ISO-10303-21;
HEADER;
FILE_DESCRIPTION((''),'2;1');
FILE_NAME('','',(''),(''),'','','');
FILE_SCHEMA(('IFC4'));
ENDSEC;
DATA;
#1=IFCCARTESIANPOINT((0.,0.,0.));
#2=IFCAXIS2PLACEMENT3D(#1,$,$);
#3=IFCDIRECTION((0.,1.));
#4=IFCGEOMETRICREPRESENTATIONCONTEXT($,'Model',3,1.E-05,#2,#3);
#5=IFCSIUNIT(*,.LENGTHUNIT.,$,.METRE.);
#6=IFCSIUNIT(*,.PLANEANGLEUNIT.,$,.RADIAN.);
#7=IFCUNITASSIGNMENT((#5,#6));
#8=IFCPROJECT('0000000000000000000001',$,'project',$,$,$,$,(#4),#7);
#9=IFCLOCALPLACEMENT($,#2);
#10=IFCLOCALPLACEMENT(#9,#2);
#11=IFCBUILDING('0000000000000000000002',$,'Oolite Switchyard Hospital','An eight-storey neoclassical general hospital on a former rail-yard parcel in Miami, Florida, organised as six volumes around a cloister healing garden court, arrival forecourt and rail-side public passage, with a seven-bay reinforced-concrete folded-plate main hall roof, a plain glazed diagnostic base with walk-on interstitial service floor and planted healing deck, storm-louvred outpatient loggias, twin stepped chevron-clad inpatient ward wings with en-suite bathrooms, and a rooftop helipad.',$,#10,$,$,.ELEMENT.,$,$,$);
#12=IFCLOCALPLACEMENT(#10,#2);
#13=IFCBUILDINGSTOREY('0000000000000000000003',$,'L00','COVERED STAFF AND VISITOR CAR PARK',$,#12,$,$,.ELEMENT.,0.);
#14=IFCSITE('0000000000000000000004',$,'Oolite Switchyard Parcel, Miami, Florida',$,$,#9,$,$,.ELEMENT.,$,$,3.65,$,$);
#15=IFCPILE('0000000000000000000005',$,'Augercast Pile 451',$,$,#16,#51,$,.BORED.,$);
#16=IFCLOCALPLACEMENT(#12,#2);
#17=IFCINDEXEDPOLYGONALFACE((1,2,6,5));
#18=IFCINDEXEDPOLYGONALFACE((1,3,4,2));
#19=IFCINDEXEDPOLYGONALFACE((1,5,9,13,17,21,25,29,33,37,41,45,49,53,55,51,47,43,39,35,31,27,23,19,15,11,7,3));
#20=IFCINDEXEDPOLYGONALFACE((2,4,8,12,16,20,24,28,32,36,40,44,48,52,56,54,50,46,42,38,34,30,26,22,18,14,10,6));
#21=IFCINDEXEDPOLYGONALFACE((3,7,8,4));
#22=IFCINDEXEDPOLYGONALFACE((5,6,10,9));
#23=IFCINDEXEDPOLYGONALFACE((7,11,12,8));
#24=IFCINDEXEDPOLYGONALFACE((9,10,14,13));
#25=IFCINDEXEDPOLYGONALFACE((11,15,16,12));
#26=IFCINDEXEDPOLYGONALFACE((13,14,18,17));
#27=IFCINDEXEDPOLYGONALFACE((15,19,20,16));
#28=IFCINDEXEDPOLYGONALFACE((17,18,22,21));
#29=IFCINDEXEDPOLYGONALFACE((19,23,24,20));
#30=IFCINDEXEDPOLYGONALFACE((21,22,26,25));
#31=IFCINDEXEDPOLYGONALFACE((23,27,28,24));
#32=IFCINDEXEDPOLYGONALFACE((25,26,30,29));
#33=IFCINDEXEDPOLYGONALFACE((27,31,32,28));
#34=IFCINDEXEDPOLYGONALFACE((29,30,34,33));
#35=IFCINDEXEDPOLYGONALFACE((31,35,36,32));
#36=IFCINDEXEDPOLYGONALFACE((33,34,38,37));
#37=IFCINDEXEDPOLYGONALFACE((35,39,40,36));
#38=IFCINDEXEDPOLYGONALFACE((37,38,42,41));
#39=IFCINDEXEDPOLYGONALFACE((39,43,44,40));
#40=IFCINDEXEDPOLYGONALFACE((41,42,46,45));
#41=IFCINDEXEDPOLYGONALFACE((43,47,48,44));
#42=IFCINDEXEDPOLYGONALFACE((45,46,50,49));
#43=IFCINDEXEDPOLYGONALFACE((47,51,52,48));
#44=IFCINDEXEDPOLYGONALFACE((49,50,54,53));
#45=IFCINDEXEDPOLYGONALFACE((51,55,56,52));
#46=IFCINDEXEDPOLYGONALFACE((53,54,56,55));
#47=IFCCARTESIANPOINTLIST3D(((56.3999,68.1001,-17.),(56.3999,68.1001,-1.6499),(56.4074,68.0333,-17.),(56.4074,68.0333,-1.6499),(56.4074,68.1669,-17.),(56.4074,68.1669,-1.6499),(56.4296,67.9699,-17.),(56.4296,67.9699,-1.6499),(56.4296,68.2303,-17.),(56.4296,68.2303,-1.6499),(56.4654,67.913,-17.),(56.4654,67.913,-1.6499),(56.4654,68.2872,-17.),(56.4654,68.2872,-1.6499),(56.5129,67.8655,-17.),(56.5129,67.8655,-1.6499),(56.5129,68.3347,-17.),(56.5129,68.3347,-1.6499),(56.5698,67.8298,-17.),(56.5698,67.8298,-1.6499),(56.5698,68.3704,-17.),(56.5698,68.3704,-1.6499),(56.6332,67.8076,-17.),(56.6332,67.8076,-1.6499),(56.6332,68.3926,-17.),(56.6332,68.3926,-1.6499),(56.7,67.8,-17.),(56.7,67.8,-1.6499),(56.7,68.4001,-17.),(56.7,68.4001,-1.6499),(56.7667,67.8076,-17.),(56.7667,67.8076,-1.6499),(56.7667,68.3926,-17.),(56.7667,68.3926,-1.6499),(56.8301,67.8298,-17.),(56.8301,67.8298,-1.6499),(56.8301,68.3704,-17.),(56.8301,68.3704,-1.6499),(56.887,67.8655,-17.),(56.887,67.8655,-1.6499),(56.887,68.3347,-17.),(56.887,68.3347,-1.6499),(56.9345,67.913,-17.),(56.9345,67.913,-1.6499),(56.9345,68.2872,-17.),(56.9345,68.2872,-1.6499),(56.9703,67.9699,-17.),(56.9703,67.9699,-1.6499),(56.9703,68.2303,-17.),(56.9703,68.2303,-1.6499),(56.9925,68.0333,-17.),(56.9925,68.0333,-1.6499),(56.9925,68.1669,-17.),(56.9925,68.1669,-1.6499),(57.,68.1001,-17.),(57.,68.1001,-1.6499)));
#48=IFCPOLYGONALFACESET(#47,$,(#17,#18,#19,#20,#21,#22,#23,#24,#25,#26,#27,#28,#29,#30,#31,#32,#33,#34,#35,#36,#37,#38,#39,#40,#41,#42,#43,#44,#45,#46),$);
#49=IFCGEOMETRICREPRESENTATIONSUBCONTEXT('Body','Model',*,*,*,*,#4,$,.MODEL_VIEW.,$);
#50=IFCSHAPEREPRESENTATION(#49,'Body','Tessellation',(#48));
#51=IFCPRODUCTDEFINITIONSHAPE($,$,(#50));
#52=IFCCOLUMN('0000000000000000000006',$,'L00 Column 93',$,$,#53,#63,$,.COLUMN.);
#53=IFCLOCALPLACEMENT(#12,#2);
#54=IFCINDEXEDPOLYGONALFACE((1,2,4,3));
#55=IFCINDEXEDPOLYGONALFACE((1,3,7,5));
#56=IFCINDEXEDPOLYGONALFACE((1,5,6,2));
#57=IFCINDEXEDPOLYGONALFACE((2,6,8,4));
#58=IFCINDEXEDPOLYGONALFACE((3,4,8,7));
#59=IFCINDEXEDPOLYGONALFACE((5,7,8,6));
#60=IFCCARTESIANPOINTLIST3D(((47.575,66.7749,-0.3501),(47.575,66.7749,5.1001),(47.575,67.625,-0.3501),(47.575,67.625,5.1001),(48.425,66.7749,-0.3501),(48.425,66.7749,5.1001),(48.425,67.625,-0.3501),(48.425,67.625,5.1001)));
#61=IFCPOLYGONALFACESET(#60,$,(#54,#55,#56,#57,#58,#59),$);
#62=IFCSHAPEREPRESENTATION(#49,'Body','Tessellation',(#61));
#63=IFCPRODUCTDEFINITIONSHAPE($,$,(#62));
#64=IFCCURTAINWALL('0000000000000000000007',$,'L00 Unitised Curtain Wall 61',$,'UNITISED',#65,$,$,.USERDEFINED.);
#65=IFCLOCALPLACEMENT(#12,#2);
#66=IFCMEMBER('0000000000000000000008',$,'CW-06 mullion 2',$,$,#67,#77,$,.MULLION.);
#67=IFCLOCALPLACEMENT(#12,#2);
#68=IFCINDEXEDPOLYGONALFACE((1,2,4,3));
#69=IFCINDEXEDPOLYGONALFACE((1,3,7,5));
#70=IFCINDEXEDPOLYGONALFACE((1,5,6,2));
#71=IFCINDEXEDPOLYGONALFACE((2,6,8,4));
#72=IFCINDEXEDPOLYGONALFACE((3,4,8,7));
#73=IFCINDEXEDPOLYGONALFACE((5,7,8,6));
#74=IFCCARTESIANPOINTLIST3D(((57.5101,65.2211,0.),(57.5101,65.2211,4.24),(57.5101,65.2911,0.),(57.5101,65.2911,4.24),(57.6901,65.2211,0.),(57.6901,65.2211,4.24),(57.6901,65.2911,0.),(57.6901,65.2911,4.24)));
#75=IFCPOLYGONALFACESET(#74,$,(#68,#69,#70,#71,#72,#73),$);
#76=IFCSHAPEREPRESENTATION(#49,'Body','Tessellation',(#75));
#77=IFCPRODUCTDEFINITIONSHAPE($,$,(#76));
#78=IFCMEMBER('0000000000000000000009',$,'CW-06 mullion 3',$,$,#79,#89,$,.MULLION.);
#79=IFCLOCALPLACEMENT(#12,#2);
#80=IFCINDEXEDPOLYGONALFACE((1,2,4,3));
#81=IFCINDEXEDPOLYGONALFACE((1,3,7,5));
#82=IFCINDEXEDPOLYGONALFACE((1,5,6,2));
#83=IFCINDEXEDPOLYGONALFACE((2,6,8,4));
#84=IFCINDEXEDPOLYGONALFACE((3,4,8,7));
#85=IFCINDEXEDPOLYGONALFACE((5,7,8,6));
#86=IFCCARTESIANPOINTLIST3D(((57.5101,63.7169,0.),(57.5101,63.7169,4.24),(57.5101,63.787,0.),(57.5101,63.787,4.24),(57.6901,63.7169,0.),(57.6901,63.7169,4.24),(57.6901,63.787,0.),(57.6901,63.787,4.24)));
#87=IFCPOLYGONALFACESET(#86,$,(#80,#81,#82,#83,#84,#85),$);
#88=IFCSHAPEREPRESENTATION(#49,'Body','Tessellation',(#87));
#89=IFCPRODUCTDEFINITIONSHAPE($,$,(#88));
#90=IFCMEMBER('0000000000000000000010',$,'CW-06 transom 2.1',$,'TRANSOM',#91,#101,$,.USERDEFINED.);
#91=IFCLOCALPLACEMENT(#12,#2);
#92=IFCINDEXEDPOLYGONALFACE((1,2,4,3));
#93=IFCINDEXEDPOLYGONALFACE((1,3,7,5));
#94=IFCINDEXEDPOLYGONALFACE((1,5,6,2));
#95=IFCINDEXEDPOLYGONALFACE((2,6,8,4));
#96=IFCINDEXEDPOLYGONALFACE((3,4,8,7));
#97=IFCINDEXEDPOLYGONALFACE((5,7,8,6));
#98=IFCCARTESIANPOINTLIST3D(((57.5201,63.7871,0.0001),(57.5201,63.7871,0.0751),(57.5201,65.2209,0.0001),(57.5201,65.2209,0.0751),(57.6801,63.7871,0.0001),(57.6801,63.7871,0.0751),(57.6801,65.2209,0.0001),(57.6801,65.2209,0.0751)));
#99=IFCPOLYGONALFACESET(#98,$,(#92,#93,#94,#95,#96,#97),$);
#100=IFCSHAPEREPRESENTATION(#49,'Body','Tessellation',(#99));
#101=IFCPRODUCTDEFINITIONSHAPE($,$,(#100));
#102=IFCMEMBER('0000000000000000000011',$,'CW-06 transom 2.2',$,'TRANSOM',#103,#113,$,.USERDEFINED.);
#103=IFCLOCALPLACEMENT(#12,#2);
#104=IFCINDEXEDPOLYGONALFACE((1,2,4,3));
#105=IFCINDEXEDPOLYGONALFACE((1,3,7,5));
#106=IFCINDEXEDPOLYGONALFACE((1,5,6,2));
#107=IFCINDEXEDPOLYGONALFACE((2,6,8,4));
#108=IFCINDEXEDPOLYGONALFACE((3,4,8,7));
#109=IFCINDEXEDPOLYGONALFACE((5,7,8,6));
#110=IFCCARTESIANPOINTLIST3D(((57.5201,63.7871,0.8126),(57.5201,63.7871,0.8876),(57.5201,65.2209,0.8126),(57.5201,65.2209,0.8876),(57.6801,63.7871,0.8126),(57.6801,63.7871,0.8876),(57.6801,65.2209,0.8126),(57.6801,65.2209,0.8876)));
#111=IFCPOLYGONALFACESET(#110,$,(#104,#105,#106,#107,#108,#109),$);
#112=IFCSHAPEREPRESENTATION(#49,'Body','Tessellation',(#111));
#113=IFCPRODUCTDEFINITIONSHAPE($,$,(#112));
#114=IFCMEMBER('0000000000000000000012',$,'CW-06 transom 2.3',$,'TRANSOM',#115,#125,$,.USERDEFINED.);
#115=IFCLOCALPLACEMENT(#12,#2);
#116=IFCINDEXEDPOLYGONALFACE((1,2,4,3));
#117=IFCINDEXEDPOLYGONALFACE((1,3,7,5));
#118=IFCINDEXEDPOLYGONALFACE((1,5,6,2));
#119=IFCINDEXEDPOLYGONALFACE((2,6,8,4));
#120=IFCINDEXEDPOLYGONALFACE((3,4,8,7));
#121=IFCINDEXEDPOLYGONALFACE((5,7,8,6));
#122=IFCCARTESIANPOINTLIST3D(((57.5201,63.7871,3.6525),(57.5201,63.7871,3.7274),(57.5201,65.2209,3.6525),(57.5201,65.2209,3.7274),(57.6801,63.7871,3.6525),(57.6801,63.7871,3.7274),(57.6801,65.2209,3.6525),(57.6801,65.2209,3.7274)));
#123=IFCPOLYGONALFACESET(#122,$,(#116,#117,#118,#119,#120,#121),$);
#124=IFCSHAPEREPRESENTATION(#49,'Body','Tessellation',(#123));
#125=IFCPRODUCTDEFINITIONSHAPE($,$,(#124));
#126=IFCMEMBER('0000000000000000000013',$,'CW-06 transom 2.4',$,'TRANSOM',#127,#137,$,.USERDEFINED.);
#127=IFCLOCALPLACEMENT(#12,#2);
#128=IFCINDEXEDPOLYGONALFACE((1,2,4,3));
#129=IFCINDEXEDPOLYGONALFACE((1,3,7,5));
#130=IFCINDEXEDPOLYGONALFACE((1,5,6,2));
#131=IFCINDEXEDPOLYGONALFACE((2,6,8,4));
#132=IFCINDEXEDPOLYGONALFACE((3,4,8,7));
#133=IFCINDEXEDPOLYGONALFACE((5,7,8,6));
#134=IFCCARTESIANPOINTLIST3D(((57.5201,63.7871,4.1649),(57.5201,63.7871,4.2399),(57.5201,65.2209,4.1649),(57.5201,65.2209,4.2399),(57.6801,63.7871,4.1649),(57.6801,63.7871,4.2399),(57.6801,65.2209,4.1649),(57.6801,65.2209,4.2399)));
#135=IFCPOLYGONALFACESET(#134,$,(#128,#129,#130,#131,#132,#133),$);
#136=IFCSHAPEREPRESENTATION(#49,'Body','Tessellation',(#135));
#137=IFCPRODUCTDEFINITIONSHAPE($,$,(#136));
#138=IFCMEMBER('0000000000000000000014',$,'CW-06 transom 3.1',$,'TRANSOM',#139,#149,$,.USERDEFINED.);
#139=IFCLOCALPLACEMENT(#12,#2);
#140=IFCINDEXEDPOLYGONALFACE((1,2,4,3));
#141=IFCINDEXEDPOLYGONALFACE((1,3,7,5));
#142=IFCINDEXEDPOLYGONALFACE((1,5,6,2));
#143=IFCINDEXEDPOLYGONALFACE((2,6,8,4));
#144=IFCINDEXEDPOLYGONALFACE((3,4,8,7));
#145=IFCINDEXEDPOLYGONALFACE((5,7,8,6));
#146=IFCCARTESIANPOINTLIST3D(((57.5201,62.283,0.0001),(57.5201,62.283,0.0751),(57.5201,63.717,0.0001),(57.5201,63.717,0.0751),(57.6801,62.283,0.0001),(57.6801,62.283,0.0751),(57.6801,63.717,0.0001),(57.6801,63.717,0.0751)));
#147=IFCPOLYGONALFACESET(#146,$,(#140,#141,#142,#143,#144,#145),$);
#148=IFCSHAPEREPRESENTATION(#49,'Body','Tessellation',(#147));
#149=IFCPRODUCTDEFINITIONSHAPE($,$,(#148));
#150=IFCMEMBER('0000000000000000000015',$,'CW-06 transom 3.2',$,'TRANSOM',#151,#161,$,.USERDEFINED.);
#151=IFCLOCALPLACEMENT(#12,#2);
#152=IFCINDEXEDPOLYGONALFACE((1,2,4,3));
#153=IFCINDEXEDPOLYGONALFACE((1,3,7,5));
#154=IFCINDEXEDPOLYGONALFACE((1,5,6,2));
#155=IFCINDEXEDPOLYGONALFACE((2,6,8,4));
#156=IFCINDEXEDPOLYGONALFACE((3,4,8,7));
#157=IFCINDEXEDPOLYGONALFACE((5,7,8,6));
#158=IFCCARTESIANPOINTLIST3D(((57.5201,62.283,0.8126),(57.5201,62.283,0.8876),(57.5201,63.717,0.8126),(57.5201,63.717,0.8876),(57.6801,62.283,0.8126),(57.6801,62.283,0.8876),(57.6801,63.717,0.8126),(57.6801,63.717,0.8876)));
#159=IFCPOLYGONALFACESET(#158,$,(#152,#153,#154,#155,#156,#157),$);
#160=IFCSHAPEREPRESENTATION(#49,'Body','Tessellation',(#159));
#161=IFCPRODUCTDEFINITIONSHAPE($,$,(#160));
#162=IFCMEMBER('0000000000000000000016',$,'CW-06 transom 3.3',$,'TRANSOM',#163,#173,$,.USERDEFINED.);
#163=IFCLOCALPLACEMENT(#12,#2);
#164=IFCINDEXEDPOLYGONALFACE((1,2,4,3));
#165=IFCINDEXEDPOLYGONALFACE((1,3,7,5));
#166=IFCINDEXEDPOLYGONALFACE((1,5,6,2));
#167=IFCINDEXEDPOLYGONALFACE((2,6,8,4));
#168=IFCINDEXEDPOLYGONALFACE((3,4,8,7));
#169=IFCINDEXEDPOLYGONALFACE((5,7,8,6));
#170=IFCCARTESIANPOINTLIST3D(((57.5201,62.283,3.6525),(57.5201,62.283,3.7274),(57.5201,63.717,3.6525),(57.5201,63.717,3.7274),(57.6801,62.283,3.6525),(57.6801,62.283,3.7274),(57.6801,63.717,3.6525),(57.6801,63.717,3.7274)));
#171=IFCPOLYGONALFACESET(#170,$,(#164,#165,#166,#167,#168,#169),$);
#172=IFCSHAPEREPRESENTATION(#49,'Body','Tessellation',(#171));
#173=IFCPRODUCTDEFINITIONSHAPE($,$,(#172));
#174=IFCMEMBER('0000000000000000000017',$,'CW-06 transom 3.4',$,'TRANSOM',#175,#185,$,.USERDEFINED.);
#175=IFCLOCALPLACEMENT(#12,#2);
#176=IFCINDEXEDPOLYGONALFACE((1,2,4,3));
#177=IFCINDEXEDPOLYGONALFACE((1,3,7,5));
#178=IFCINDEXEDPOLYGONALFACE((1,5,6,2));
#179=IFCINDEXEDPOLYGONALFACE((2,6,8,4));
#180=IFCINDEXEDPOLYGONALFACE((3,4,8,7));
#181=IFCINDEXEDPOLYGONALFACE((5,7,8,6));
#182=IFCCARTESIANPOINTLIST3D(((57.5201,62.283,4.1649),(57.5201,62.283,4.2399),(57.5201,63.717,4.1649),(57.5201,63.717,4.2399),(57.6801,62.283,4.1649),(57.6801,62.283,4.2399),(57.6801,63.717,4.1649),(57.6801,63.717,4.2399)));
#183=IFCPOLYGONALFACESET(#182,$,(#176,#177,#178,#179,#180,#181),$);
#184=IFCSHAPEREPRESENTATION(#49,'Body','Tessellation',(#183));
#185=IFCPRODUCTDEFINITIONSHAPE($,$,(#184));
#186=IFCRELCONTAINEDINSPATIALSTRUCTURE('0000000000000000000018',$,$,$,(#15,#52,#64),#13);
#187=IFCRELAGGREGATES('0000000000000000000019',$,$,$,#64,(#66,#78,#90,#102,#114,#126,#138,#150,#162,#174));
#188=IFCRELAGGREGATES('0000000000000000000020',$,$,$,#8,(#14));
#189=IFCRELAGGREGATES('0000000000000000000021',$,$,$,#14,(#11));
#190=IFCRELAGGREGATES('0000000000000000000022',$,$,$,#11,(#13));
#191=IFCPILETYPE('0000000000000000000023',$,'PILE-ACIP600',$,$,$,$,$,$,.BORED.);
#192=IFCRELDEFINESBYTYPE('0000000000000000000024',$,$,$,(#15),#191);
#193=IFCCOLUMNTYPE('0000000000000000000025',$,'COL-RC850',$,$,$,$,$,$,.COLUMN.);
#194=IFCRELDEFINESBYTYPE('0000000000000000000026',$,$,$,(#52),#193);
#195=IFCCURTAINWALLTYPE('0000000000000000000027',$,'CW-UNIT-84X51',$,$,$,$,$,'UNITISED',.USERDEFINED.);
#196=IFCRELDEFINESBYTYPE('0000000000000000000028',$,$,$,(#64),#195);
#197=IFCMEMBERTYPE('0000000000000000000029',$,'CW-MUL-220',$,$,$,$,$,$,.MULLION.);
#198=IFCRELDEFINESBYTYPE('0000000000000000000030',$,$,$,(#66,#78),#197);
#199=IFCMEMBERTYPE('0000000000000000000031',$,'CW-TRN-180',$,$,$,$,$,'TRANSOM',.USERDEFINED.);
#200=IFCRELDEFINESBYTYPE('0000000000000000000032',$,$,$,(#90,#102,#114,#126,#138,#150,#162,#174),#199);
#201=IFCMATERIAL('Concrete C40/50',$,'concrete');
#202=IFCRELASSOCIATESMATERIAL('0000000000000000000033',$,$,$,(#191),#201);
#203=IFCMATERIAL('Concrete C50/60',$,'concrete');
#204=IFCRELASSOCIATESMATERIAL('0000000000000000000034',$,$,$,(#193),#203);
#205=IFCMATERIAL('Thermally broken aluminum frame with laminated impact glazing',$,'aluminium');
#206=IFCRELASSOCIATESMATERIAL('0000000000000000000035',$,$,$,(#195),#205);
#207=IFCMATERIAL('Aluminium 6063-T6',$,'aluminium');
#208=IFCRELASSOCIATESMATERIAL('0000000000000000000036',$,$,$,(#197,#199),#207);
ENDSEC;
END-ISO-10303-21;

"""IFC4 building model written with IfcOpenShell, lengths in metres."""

from ifc_helpers import new_model, si_unit, direction, frame, origin, origin_2d, place, context, subcontext, project, spatial, rectangle, circle, extrude, material, material_profile, profile_set, type_object, element, aggregate, save


model = new_model("IFC4")

# Units and contexts
model_context = context("Model", 3, precision=1e-05, world=origin(), true_north=direction((0.0, 1.0)))
body_context = subcontext(model_context, "Body", "Model", "MODEL_VIEW")
ifc_project = project(units=[si_unit("LENGTHUNIT", "METRE"), si_unit("PLANEANGLEUNIT", "RADIAN")], contexts=[model_context])

# Site, building, storey
site_placement = place(None, origin())
site = spatial("IfcSite", under=ifc_project, at=site_placement, Name="Oolite Switchyard Parcel, Miami, Florida", CompositionType="ELEMENT", RefElevation=3.65)
building_placement = place(site_placement, origin())
building = spatial("IfcBuilding", under=site, at=building_placement, Name="Oolite Switchyard Hospital", Description="An eight-storey neoclassical general hospital on a former rail-yard parcel in Miami, Florida, organised as six volumes around a cloister healing garden court, arrival forecourt and rail-side public passage, with a seven-bay reinforced-concrete folded-plate main hall roof, a plain glazed diagnostic base with walk-on interstitial service floor and planted healing deck, storm-louvred outpatient loggias, twin stepped chevron-clad inpatient ward wings with en-suite bathrooms, and a rooftop helipad.", CompositionType="ELEMENT")
storey_placement = place(building_placement, origin())
storey = spatial("IfcBuildingStorey", under=building, at=storey_placement, Name="L00", Description="COVERED STAFF AND VISITOR CAR PARK", CompositionType="ELEMENT", Elevation=0.0)

# Shared definitions
ifc_material_1 = material(Name="Concrete C40/50", Category="concrete")

# Pile
ifc_material_profile_1 = material_profile(ifc_material_1, circle(Radius=0.3, at=origin_2d()), Name="PILE600")
ifc_profile_set_1 = profile_set([ifc_material_profile_1], Name="Concrete C40/50")
pile_type = type_object("IfcPileType", Name="PILE-ACIP600", PredefinedType="BORED", material=ifc_profile_set_1)
for number, where, z_axis, x_axis, name in (
    (1, (56.7, 68.1001, -1.6499), (0.0, 0.0, -1.0), (1.0, 0.0, 0.0), "Augercast Pile 451"),
):
    element("IfcPile", number, at=place(storey_placement, frame(where, z_axis=z_axis, x_axis=x_axis)), inside=storey, type_object=pile_type, Name=name, PredefinedType="BORED", context=body_context, shape_type="SweptSolid", body=[
        extrude(circle(Radius=0.3, at=origin_2d()), origin(), (0.0, 0.0, 1.0), 15.3501),
    ])

# Column
ifc_material_2 = material(Name="Concrete C50/60", Category="concrete")
ifc_material_profile_2 = material_profile(ifc_material_2, rectangle(XDim=0.8501, YDim=0.8501, at=origin_2d()), Name="RC850X850")
ifc_profile_set_2 = profile_set([ifc_material_profile_2], Name="Concrete C50/60")
column_type = type_object("IfcColumnType", Name="COL-RC850", PredefinedType="COLUMN", material=ifc_profile_set_2)
column_placement = place(storey_placement, frame((48.0, 67.2, -0.3501), z_axis=(0.0, 0.0, 1.0), x_axis=(1.0, 0.0, 0.0)))
element("IfcColumn", 2, at=column_placement, inside=storey, type_object=column_type, Name="L00 Column 93", PredefinedType="COLUMN", context=body_context, shape_type="SweptSolid", body=[
    extrude(rectangle(XDim=0.8501, YDim=0.8501, at=origin_2d()), origin(), (0.0, 0.0, 1.0), 5.4502),
])

# Curtain wall, members
ifc_material_3 = material(Name="Thermally broken aluminum frame with laminated impact glazing", Category="aluminium")
curtain_wall_type = type_object("IfcCurtainWallType", Name="CW-UNIT-84X51", ElementType="UNITISED", PredefinedType="USERDEFINED", material=ifc_material_3)
curtain_wall_placement = place(storey_placement, origin())
curtain_wall = element("IfcCurtainWall", 3, at=curtain_wall_placement, inside=storey, type_object=curtain_wall_type, Name="L00 Unitised Curtain Wall 61", ObjectType="UNITISED", PredefinedType="USERDEFINED")
ifc_material_4 = material(Name="Aluminium 6063-T6", Category="aluminium")
ifc_material_profile_3 = material_profile(ifc_material_4, rectangle(XDim=0.1799, YDim=0.0701, at=origin_2d()), Name="CWM70X180")
ifc_profile_set_3 = profile_set([ifc_material_profile_3], Name="Aluminium 6063-T6")
member_type_1 = type_object("IfcMemberType", Name="CW-MUL-220", PredefinedType="MULLION", material=ifc_profile_set_3)
member_1_placement = place(storey_placement, frame((57.6001, 65.2561, 0.0), z_axis=(0.0, 0.0, 1.0), x_axis=(1.0, 0.0, 0.0)))
member_1 = element("IfcMember", 4, at=member_1_placement, type_object=member_type_1, Name="CW-06 mullion 2", PredefinedType="MULLION", context=body_context, shape_type="SweptSolid", body=[
    extrude(rectangle(XDim=0.1799, YDim=0.0701, at=origin_2d()), origin(), (0.0, 0.0, 1.0), 4.24),
])
member_2_placement = place(storey_placement, frame((57.6001, 63.752, 0.0), z_axis=(0.0, 0.0, 1.0), x_axis=(1.0, 0.0, 0.0)))
member_2 = element("IfcMember", 5, at=member_2_placement, type_object=member_type_1, Name="CW-06 mullion 3", PredefinedType="MULLION", context=body_context, shape_type="SweptSolid", body=[
    extrude(rectangle(XDim=0.1799, YDim=0.0701, at=origin_2d()), origin(), (0.0, 0.0, 1.0), 4.24),
])
ifc_material_profile_4 = material_profile(ifc_material_4, rectangle(XDim=0.1599, YDim=0.075, at=origin_2d()), Name="CWT75X160")
ifc_profile_set_4 = profile_set([ifc_material_profile_4], Name="Aluminium 6063-T6")
member_type_2 = type_object("IfcMemberType", Name="CW-TRN-180", ElementType="TRANSOM", PredefinedType="USERDEFINED", material=ifc_profile_set_4)
member_3_placement = place(storey_placement, frame((57.6001, 65.2209, 0.0376), z_axis=(0.0, -1.0, 0.0), x_axis=(1.0, 0.0, 0.0)))
member_3 = element("IfcMember", 6, at=member_3_placement, type_object=member_type_2, Name="CW-06 transom 2.1", ObjectType="TRANSOM", PredefinedType="USERDEFINED", context=body_context, shape_type="SweptSolid", body=[
    extrude(rectangle(XDim=0.1599, YDim=0.075, at=origin_2d()), origin(), (0.0, 0.0, 1.0), 1.4338),
])
member_4_placement = place(storey_placement, frame((57.6001, 65.2209, 0.8501), z_axis=(0.0, -1.0, 0.0), x_axis=(1.0, 0.0, 0.0)))
member_4 = element("IfcMember", 7, at=member_4_placement, type_object=member_type_2, Name="CW-06 transom 2.2", ObjectType="TRANSOM", PredefinedType="USERDEFINED", context=body_context, shape_type="SweptSolid", body=[
    extrude(rectangle(XDim=0.1599, YDim=0.075, at=origin_2d()), origin(), (0.0, 0.0, 1.0), 1.4338),
])
member_5_placement = place(storey_placement, frame((57.6001, 65.2209, 3.6899), z_axis=(0.0, -1.0, 0.0), x_axis=(1.0, 0.0, 0.0)))
member_5 = element("IfcMember", 8, at=member_5_placement, type_object=member_type_2, Name="CW-06 transom 2.3", ObjectType="TRANSOM", PredefinedType="USERDEFINED", context=body_context, shape_type="SweptSolid", body=[
    extrude(rectangle(XDim=0.1599, YDim=0.075, at=origin_2d()), origin(), (0.0, 0.0, 1.0), 1.4338),
])
member_6_placement = place(storey_placement, frame((57.6001, 65.2209, 4.2024), z_axis=(0.0, -1.0, 0.0), x_axis=(1.0, 0.0, 0.0)))
member_6 = element("IfcMember", 9, at=member_6_placement, type_object=member_type_2, Name="CW-06 transom 2.4", ObjectType="TRANSOM", PredefinedType="USERDEFINED", context=body_context, shape_type="SweptSolid", body=[
    extrude(rectangle(XDim=0.1599, YDim=0.075, at=origin_2d()), origin(), (0.0, 0.0, 1.0), 1.4338),
])
member_7_placement = place(storey_placement, frame((57.6001, 63.717, 0.0376), z_axis=(0.0, -1.0, 0.0), x_axis=(1.0, 0.0, 0.0)))
member_7 = element("IfcMember", 10, at=member_7_placement, type_object=member_type_2, Name="CW-06 transom 3.1", ObjectType="TRANSOM", PredefinedType="USERDEFINED", context=body_context, shape_type="SweptSolid", body=[
    extrude(rectangle(XDim=0.1599, YDim=0.075, at=origin_2d()), origin(), (0.0, 0.0, 1.0), 1.4341),
])
member_8_placement = place(storey_placement, frame((57.6001, 63.717, 0.8501), z_axis=(0.0, -1.0, 0.0), x_axis=(1.0, 0.0, 0.0)))
member_8 = element("IfcMember", 11, at=member_8_placement, type_object=member_type_2, Name="CW-06 transom 3.2", ObjectType="TRANSOM", PredefinedType="USERDEFINED", context=body_context, shape_type="SweptSolid", body=[
    extrude(rectangle(XDim=0.1599, YDim=0.075, at=origin_2d()), origin(), (0.0, 0.0, 1.0), 1.4341),
])
member_9_placement = place(storey_placement, frame((57.6001, 63.717, 3.6899), z_axis=(0.0, -1.0, 0.0), x_axis=(1.0, 0.0, 0.0)))
member_9 = element("IfcMember", 12, at=member_9_placement, type_object=member_type_2, Name="CW-06 transom 3.3", ObjectType="TRANSOM", PredefinedType="USERDEFINED", context=body_context, shape_type="SweptSolid", body=[
    extrude(rectangle(XDim=0.1599, YDim=0.075, at=origin_2d()), origin(), (0.0, 0.0, 1.0), 1.4341),
])
member_10_placement = place(storey_placement, frame((57.6001, 63.717, 4.2024), z_axis=(0.0, -1.0, 0.0), x_axis=(1.0, 0.0, 0.0)))
member_10 = element("IfcMember", 13, at=member_10_placement, type_object=member_type_2, Name="CW-06 transom 3.4", ObjectType="TRANSOM", PredefinedType="USERDEFINED", context=body_context, shape_type="SweptSolid", body=[
    extrude(rectangle(XDim=0.1599, YDim=0.075, at=origin_2d()), origin(), (0.0, 0.0, 1.0), 1.4341),
])
aggregate(curtain_wall, [member_1, member_2, member_3, member_4, member_5, member_6, member_7, member_8, member_9, member_10])

save(model, "model.ifc")
